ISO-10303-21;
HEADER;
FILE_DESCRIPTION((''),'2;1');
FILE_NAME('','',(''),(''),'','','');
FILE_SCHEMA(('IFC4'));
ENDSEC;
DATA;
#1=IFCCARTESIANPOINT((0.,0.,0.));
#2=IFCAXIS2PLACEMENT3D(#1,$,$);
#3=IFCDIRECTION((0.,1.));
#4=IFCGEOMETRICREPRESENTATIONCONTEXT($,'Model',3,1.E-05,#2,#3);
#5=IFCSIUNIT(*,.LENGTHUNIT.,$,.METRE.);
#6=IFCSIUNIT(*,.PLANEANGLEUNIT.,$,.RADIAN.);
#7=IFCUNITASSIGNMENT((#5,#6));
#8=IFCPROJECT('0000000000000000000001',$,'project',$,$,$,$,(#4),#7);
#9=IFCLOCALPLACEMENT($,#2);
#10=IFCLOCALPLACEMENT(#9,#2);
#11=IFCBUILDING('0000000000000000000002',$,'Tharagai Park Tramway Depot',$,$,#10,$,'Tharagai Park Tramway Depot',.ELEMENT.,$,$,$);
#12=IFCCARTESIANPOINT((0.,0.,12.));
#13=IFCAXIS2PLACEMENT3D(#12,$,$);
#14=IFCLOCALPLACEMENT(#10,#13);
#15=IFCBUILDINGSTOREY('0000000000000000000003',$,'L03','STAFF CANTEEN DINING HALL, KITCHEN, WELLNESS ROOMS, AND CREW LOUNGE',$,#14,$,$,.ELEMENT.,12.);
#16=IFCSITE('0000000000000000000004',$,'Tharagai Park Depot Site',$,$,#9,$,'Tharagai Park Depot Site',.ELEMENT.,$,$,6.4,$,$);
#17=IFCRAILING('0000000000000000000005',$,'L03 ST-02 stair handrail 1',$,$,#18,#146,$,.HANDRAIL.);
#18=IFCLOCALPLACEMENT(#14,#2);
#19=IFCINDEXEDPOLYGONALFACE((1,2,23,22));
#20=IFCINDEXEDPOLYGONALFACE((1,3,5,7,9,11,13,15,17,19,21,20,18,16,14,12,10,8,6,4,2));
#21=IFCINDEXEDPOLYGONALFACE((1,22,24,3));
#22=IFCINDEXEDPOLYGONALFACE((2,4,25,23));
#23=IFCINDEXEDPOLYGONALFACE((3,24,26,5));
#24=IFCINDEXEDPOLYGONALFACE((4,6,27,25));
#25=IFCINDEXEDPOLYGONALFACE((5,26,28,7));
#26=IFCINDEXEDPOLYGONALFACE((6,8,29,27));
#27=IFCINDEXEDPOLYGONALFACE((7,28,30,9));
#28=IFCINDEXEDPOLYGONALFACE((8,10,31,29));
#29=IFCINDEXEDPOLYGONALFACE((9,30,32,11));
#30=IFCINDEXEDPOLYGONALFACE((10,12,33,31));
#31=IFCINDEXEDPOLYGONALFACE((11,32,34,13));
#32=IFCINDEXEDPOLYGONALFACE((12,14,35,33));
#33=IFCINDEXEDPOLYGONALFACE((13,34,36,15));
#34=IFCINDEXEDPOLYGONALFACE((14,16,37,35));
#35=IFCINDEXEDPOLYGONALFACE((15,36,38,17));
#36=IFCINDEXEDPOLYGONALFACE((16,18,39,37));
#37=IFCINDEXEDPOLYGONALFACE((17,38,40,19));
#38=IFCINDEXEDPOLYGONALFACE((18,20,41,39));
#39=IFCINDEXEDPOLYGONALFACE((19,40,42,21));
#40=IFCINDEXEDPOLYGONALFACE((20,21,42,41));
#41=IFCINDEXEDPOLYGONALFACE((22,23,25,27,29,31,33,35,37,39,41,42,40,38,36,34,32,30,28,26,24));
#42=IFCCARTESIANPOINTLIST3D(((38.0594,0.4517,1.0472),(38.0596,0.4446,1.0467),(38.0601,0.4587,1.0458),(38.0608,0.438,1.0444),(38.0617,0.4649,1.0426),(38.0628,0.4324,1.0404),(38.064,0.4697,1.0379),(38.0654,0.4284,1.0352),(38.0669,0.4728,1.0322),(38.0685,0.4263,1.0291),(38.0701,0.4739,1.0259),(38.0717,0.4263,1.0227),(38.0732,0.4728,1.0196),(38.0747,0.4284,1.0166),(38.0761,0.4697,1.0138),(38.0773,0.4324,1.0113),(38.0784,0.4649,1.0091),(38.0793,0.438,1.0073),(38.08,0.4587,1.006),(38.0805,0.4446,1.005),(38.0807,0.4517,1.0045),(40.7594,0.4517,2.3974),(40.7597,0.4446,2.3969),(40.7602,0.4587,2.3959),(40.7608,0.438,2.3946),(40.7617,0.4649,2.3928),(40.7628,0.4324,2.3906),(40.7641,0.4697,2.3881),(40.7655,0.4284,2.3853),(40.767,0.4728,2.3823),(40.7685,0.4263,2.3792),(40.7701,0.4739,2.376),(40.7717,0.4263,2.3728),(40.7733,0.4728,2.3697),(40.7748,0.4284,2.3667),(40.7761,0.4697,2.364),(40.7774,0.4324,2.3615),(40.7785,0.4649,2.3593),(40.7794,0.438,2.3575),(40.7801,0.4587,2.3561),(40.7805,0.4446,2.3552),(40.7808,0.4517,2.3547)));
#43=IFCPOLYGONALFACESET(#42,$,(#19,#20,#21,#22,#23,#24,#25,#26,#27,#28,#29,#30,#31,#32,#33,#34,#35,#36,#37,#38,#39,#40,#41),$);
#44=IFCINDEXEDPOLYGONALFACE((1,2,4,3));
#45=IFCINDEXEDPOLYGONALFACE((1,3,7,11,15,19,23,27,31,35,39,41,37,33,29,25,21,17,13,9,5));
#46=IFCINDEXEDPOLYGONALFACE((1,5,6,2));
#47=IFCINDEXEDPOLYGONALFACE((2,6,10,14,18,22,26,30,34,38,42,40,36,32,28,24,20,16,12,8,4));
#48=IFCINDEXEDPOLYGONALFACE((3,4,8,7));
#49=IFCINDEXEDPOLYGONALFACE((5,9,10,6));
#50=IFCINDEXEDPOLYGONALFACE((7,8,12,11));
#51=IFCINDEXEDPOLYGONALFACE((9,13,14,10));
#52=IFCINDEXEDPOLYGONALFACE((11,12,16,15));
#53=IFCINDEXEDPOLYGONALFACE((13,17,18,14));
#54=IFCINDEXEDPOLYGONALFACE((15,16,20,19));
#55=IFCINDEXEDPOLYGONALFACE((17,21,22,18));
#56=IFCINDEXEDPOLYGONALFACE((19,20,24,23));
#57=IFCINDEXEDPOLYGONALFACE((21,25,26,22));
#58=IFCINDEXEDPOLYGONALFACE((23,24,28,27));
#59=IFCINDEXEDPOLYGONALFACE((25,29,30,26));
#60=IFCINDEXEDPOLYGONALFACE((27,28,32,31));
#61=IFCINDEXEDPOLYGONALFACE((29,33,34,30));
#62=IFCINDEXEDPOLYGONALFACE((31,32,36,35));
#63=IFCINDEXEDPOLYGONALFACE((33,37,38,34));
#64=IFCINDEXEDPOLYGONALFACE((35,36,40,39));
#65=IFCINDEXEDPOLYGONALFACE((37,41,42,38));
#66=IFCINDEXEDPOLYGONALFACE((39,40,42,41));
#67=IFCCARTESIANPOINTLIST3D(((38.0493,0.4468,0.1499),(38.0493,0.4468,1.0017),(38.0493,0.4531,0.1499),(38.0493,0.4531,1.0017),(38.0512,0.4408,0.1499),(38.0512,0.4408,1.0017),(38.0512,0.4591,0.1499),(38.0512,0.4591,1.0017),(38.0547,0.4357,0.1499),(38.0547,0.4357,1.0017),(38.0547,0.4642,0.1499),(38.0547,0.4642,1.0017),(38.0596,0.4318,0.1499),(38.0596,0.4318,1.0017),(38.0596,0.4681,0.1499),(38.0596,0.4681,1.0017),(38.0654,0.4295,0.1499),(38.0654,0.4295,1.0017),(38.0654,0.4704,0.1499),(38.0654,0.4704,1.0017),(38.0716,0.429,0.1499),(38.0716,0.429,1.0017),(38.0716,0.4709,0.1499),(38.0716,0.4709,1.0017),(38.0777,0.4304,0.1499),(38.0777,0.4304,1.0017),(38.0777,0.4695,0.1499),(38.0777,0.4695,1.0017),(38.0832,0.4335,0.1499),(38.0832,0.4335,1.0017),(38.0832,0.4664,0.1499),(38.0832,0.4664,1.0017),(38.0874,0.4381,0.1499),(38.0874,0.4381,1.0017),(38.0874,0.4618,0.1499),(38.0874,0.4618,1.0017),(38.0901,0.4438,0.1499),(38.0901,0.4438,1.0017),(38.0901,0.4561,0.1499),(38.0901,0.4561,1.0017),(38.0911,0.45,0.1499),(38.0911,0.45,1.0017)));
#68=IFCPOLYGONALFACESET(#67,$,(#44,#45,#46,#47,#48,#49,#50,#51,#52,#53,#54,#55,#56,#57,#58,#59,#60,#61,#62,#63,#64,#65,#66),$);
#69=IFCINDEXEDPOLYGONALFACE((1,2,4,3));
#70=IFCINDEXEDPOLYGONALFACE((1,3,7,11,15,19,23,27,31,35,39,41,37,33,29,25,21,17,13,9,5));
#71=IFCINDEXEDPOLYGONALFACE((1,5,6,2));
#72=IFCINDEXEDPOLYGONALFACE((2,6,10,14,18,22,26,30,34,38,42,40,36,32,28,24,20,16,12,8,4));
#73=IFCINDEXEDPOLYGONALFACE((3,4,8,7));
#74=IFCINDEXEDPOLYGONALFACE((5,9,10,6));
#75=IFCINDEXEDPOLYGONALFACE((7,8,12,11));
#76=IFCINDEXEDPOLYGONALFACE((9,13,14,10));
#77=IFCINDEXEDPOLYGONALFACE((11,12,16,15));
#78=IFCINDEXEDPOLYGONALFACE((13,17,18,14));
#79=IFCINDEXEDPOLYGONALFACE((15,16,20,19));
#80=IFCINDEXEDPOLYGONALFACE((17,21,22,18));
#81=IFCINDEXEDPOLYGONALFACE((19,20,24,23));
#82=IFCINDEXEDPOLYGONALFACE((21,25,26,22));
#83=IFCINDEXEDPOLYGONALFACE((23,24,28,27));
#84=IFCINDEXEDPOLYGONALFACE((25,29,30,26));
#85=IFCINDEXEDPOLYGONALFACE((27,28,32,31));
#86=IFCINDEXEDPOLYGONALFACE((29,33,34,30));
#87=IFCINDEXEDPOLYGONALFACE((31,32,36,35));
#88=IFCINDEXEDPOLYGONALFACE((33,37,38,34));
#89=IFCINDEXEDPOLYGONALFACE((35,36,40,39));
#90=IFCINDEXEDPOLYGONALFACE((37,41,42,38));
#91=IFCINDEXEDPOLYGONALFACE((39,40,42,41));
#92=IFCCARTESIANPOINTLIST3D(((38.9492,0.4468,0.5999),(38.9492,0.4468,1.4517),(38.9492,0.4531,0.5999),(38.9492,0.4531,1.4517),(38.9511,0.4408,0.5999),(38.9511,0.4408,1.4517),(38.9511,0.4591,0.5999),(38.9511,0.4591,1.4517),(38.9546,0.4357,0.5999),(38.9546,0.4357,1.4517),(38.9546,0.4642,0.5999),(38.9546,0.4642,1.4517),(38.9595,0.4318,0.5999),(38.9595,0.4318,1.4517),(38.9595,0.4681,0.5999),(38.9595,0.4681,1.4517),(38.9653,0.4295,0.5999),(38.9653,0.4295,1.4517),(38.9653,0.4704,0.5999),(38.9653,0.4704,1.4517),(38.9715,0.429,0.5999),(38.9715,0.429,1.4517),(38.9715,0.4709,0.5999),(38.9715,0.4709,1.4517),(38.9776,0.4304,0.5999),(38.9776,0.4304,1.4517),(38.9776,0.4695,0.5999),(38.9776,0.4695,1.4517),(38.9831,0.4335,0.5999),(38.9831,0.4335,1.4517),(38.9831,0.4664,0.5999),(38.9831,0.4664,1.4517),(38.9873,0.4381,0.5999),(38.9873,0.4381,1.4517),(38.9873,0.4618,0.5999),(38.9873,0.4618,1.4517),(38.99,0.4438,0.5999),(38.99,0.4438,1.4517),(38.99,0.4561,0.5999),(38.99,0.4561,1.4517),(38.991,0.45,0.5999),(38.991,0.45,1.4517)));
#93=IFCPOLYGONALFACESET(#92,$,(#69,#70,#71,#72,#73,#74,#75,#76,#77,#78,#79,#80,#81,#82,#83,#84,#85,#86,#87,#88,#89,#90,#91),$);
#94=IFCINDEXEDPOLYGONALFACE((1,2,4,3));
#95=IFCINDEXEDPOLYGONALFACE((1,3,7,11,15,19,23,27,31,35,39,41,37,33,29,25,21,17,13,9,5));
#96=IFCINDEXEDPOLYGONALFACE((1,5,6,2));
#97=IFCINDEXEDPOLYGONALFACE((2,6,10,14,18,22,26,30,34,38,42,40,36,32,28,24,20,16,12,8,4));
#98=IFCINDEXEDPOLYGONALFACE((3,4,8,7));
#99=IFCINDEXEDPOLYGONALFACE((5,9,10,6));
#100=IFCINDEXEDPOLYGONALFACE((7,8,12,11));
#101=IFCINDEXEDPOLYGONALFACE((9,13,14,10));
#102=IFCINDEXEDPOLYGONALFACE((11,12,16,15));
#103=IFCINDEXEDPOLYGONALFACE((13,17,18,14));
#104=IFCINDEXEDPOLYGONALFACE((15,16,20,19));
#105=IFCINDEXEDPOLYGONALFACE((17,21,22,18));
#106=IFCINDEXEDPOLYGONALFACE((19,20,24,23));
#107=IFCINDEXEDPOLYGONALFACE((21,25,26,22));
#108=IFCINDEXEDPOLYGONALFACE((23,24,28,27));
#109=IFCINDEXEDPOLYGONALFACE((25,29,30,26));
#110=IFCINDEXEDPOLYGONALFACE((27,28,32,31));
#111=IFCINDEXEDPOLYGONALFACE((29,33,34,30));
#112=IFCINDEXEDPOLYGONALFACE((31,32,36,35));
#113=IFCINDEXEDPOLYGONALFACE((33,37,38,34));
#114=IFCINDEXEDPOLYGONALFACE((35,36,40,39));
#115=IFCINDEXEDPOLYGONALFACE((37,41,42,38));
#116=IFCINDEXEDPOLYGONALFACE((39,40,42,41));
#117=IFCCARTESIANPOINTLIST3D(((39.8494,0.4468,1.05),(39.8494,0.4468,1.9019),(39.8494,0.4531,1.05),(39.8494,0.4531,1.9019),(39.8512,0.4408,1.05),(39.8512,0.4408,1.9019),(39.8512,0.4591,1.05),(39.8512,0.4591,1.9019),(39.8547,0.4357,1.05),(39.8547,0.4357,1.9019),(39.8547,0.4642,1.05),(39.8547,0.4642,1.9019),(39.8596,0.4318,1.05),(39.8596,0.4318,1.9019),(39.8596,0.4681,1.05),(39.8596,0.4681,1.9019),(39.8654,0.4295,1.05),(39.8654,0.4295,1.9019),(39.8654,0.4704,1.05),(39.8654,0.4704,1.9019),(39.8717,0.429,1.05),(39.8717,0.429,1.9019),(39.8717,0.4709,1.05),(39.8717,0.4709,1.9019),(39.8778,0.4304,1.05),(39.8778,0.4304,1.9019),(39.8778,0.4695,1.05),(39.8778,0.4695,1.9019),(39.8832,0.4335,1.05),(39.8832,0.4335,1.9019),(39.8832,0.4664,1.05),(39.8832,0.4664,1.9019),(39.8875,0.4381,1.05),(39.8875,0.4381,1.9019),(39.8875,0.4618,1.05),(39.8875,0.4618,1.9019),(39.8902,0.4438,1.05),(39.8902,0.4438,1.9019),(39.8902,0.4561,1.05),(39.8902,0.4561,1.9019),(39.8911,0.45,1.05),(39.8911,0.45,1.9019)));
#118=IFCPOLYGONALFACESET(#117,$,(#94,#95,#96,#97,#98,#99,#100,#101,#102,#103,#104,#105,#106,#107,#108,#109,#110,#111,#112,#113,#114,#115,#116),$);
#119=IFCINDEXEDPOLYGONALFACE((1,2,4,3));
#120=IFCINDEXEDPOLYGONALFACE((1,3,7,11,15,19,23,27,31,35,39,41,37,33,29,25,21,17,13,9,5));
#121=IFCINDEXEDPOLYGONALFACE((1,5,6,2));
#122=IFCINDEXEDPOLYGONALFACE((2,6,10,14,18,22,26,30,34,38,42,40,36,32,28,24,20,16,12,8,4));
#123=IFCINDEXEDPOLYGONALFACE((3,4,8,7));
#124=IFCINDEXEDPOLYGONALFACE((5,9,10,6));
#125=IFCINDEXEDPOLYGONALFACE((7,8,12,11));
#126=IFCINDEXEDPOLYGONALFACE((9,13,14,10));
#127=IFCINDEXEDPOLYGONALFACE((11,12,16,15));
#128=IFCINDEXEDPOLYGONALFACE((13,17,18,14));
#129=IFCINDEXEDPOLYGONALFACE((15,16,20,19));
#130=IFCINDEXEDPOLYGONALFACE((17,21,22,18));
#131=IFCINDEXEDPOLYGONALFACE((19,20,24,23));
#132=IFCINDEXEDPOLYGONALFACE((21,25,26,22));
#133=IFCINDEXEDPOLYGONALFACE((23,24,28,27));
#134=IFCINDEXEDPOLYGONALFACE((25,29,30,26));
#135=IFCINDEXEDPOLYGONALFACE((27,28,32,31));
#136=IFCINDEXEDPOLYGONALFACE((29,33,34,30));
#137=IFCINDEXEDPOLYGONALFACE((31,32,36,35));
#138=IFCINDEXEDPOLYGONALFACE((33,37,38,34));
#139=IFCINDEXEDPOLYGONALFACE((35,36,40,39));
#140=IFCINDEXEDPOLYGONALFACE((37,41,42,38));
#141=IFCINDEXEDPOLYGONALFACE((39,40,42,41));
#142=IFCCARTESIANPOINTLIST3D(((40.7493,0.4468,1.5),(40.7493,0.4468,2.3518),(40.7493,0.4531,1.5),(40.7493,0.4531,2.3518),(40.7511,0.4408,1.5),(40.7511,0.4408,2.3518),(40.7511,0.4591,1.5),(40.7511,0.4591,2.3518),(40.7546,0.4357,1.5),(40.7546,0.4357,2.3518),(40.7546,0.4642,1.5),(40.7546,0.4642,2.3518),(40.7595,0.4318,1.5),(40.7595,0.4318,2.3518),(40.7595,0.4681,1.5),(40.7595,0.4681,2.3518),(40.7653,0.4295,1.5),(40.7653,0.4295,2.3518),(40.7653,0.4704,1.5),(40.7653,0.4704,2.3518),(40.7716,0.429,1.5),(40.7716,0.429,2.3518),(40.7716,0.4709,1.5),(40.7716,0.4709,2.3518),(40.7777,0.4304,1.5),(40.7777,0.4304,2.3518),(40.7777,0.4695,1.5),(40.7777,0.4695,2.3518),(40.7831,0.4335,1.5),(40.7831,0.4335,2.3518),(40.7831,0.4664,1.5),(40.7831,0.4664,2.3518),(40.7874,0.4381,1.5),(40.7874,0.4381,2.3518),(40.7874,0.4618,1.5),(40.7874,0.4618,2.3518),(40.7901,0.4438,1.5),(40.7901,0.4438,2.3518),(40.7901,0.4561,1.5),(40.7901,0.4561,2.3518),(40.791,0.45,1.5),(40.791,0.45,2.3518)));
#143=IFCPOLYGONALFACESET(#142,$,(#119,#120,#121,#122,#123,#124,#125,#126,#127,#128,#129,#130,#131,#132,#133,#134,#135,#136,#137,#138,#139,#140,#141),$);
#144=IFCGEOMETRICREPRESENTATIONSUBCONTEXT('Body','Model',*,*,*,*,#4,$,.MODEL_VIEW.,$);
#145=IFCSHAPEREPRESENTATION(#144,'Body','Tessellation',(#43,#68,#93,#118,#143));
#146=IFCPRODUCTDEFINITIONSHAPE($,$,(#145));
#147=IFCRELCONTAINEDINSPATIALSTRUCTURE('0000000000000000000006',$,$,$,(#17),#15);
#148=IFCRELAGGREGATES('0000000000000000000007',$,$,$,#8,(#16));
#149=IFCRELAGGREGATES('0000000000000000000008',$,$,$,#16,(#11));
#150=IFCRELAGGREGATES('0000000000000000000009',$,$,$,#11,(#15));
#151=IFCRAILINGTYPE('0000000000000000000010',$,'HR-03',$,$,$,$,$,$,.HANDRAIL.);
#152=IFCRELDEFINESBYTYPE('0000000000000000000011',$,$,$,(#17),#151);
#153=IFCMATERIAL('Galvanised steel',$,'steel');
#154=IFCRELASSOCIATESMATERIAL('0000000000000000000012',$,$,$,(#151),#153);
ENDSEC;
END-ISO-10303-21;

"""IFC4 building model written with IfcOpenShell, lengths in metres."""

from ifc_helpers import new_model, si_unit, direction, frame, origin, origin_2d, place, context, subcontext, project, spatial, circle, extrude, material, type_object, element, save


model = new_model("IFC4")

# Units and contexts
model_context = context("Model", 3, precision=1e-05, world=origin(), true_north=direction((0.0, 1.0)))
body_context = subcontext(model_context, "Body", "Model", "MODEL_VIEW")
ifc_project = project(units=[si_unit("LENGTHUNIT", "METRE"), si_unit("PLANEANGLEUNIT", "RADIAN")], contexts=[model_context])

# Site, building, storey
site_placement = place(None, origin())
site = spatial("IfcSite", under=ifc_project, at=site_placement, Name="Tharagai Park Depot Site", LongName="Tharagai Park Depot Site", CompositionType="ELEMENT", RefElevation=6.4)
building_placement = place(site_placement, origin())
building = spatial("IfcBuilding", under=site, at=building_placement, Name="Tharagai Park Tramway Depot", LongName="Tharagai Park Tramway Depot", CompositionType="ELEMENT")
storey_placement = place(building_placement, frame((0.0, 0.0, 12.0)))
storey = spatial("IfcBuildingStorey", under=building, at=storey_placement, Name="L03", Description="STAFF CANTEEN DINING HALL, KITCHEN, WELLNESS ROOMS, AND CREW LOUNGE", CompositionType="ELEMENT", Elevation=12.0)

# Railing
ifc_material_1 = material(Name="Galvanised steel", Category="steel")
railing_type_1 = type_object("IfcRailingType", Name="HR-03", PredefinedType="HANDRAIL", material=ifc_material_1)
railing_1_placement = place(storey_placement, frame((38.0701, 0.45, 0.1499)))
element("IfcRailing", 1, at=railing_1_placement, inside=storey, type_object=railing_type_1, Name="L03 ST-02 stair handrail 1", PredefinedType="HANDRAIL", context=body_context, shape_type="SweptSolid", body=[
    extrude(circle(Radius=0.0239, at=origin_2d()), frame((0.0, 0.0, 0.876), z_axis=(0.894411, 0.0, 0.447246), x_axis=(0.0, 1.0, 0.0)), (0.0, 0.0, 1.0), 3.0188),
    extrude(circle(Radius=0.021, at=origin_2d()), origin(), (0.0, 0.0, 1.0), 0.8518),
    extrude(circle(Radius=0.021, at=origin_2d()), frame((0.8999, 0.0, 0.45)), (0.0, 0.0, 1.0), 0.8518),
    extrude(circle(Radius=0.021, at=origin_2d()), frame((1.8, 0.0, 0.9001)), (0.0, 0.0, 1.0), 0.8518),
    extrude(circle(Radius=0.021, at=origin_2d()), frame((2.7, 0.0, 1.3501)), (0.0, 0.0, 1.0), 0.8518),
])

save(model, "model.ifc")
